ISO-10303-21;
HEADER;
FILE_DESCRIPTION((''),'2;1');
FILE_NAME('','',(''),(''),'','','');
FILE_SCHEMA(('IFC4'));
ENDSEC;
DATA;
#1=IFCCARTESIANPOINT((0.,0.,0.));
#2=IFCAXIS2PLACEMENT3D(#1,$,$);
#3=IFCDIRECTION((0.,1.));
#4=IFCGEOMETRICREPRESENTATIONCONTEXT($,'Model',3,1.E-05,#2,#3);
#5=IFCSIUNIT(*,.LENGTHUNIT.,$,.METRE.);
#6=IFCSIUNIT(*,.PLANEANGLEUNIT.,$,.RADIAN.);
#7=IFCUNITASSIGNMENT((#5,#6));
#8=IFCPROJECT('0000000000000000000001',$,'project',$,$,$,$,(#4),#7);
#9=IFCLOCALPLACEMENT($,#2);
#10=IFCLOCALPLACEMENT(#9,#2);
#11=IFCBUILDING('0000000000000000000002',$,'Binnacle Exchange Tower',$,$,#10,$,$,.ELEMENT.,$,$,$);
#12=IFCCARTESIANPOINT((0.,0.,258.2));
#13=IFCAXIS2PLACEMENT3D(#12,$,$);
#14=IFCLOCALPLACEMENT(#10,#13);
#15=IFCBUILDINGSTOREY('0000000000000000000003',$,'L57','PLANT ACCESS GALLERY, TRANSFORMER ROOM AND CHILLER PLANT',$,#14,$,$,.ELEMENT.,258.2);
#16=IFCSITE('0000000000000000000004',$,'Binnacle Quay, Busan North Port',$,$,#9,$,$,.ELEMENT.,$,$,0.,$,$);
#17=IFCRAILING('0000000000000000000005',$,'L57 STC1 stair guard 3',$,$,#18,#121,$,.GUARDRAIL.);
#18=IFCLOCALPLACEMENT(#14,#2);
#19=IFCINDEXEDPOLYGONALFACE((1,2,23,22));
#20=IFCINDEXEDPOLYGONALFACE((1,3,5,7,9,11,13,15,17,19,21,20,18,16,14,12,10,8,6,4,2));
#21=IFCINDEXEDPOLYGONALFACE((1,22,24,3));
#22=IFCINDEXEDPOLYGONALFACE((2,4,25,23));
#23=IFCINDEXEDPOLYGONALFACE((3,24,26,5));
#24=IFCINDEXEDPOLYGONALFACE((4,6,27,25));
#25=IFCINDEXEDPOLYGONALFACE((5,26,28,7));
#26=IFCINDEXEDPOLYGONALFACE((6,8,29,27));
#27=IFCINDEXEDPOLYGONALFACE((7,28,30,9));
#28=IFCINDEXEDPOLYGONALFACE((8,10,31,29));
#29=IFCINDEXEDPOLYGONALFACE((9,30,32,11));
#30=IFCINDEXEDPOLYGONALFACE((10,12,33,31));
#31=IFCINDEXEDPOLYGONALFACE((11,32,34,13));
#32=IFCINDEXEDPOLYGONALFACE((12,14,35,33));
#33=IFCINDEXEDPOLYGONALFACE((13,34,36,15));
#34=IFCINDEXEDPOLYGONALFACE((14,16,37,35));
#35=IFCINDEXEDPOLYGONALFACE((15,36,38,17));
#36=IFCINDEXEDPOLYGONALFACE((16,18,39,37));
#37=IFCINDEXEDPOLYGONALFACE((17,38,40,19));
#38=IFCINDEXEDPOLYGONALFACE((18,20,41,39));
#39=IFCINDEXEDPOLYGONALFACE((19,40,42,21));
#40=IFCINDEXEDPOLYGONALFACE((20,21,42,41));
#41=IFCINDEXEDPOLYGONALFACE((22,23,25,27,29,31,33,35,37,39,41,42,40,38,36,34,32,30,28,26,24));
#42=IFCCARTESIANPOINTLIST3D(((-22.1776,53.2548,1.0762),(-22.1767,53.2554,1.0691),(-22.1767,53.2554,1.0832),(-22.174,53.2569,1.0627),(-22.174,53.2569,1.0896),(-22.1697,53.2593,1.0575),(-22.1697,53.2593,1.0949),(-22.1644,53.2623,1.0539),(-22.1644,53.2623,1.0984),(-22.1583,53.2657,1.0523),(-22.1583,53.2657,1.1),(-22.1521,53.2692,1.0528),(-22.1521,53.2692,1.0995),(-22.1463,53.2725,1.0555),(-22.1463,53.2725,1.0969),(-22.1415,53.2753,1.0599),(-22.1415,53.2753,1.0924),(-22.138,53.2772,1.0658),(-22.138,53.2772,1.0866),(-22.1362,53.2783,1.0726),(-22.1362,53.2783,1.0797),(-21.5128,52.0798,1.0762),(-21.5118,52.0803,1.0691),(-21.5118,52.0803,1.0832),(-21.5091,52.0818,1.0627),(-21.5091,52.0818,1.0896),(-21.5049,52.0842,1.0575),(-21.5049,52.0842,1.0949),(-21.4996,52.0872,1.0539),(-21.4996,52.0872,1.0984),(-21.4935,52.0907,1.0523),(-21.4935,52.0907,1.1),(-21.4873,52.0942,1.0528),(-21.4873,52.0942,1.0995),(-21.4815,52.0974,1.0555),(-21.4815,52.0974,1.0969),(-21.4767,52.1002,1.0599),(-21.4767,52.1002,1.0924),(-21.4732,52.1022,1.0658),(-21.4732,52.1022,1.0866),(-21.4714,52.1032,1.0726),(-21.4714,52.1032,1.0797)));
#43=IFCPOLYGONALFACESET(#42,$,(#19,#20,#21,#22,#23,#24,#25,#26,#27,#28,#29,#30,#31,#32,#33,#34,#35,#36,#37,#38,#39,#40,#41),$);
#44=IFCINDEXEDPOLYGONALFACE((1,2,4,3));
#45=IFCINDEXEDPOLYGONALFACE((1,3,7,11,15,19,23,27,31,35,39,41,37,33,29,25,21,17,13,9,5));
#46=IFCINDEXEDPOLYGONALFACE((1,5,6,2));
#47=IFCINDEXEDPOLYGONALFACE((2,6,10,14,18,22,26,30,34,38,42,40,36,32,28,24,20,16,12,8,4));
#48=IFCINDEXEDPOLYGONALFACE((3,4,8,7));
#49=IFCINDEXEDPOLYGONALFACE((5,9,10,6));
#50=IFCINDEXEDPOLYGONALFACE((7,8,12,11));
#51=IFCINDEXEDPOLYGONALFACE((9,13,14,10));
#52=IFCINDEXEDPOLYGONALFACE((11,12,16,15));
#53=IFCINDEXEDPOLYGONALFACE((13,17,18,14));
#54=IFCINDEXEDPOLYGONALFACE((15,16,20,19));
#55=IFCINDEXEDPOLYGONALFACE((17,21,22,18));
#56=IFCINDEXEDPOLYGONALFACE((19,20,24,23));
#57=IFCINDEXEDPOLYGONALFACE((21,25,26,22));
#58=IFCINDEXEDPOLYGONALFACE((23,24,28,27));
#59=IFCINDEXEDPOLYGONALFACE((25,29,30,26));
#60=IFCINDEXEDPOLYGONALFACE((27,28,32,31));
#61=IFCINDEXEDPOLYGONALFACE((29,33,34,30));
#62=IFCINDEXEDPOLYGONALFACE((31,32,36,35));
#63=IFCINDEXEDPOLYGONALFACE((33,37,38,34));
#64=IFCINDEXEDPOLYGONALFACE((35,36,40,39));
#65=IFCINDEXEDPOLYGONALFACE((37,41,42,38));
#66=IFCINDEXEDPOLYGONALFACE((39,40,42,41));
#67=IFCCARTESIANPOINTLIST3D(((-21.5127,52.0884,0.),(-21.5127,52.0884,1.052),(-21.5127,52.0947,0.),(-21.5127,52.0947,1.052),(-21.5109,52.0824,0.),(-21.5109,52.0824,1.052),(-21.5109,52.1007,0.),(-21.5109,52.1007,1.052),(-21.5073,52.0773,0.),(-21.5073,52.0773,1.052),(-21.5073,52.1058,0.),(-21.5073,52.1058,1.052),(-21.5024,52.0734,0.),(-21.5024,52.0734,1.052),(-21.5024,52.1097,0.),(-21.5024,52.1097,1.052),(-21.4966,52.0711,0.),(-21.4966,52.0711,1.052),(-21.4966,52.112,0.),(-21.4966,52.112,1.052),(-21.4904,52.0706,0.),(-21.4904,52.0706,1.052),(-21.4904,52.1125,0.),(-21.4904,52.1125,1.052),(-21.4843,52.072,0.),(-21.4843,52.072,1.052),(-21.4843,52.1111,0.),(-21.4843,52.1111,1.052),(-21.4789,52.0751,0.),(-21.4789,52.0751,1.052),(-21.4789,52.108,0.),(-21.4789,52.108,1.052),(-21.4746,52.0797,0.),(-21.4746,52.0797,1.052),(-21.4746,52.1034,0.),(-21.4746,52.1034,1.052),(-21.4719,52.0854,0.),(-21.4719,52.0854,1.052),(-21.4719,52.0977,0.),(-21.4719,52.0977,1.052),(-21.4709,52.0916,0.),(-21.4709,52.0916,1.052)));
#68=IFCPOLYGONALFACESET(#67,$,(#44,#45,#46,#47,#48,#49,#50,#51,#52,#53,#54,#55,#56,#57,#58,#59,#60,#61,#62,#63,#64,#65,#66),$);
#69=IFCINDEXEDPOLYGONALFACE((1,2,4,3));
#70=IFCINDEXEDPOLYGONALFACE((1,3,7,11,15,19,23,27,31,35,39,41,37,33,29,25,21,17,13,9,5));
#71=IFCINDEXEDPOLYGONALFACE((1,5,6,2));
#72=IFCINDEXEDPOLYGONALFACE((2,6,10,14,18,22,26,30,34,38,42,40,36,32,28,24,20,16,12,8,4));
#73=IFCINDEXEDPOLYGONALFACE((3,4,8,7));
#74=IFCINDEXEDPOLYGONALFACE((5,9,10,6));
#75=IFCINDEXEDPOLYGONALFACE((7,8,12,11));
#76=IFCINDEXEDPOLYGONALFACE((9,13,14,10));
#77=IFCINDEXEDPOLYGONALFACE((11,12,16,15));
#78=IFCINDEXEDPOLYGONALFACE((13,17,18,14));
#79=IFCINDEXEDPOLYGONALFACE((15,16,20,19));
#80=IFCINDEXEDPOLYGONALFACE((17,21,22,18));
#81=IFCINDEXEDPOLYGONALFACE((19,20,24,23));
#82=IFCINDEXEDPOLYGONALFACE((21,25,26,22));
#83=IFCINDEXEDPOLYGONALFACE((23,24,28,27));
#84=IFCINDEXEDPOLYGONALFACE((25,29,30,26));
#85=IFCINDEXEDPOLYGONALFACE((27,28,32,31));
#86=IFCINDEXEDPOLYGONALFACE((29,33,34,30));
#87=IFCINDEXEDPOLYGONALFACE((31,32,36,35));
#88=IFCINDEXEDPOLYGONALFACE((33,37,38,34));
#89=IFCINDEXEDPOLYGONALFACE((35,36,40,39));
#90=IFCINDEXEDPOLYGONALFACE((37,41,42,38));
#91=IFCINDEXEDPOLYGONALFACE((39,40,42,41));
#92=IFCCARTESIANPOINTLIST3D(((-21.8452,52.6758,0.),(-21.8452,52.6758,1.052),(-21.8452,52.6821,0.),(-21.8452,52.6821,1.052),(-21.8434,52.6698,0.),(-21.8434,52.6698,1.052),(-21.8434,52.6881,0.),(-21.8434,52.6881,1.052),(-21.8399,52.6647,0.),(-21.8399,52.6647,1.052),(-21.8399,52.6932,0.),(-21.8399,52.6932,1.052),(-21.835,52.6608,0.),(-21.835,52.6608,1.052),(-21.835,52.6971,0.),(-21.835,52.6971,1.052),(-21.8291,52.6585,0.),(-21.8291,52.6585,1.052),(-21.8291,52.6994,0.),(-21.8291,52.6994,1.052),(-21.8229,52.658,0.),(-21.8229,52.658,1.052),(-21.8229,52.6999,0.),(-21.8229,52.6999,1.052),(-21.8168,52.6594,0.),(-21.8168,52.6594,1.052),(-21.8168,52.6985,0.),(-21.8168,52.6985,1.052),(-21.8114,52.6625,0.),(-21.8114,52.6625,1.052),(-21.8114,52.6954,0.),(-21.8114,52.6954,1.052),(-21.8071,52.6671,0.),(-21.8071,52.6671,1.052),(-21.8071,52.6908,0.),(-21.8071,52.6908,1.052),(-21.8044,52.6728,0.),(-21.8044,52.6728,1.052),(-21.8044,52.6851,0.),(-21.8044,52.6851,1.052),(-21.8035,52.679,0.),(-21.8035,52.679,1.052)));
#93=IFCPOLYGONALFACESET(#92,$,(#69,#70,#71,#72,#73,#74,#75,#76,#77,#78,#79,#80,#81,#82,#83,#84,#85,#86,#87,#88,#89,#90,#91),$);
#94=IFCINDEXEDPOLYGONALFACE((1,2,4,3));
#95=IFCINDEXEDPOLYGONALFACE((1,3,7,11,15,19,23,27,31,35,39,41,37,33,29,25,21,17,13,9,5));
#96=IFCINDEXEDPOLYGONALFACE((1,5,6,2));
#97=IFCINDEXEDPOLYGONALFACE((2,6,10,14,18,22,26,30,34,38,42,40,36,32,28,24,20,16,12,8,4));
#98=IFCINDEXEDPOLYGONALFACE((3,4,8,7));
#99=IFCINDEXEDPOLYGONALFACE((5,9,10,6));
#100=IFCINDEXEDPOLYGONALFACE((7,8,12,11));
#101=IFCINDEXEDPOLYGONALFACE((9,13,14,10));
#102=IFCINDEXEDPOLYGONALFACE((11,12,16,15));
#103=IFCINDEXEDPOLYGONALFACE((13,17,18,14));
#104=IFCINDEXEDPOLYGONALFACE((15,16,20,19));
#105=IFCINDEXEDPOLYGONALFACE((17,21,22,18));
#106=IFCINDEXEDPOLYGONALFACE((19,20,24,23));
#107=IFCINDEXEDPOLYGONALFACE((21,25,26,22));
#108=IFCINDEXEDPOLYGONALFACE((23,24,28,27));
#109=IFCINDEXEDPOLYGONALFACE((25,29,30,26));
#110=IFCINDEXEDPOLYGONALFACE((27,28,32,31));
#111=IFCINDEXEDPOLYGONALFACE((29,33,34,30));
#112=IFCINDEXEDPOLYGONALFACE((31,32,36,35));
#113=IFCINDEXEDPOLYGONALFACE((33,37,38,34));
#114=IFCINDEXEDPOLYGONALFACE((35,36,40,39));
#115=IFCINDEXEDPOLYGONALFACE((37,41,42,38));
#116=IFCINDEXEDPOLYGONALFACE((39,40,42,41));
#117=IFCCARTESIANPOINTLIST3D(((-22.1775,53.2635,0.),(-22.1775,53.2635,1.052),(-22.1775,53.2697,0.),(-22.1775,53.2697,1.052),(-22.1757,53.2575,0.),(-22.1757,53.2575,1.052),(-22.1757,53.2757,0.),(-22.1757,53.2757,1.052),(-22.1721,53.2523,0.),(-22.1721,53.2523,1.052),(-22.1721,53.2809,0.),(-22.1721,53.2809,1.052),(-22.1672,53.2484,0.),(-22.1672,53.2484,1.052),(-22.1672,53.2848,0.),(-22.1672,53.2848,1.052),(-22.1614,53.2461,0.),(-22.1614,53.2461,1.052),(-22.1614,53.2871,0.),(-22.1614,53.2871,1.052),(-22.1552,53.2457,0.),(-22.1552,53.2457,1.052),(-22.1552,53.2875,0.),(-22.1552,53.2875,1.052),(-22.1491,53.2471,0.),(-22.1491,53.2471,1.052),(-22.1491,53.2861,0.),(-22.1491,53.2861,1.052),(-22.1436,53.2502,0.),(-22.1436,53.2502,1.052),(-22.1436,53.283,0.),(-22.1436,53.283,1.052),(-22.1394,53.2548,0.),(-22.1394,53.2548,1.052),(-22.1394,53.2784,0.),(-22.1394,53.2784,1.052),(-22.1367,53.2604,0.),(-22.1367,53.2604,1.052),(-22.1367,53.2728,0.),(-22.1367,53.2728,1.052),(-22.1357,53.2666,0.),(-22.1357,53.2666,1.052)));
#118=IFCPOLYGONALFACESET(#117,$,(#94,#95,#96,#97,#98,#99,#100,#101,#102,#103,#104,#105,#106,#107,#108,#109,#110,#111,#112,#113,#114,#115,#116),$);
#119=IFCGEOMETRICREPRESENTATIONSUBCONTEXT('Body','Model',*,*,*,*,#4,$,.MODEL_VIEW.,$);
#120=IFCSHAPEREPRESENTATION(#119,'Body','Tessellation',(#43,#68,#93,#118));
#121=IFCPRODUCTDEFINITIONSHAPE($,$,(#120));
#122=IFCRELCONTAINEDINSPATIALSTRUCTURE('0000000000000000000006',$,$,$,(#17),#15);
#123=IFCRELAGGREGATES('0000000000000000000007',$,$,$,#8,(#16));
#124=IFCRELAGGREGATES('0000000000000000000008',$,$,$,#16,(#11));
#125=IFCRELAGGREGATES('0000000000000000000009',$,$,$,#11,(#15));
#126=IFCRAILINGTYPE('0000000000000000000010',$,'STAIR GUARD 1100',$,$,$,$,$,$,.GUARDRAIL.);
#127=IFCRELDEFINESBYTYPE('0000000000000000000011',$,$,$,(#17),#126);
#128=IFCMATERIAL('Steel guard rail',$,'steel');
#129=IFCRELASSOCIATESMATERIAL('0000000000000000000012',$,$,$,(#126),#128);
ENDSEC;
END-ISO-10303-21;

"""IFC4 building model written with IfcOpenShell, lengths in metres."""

from ifc_helpers import new_model, si_unit, direction, frame, origin, origin_2d, place, context, subcontext, project, spatial, circle, extrude, material, type_object, element, save


model = new_model("IFC4")

# Units and contexts
model_context = context("Model", 3, precision=1e-05, world=origin(), true_north=direction((0.0, 1.0)))
body_context = subcontext(model_context, "Body", "Model", "MODEL_VIEW")
ifc_project = project(units=[si_unit("LENGTHUNIT", "METRE"), si_unit("PLANEANGLEUNIT", "RADIAN")], contexts=[model_context])

# Site, building, storey
site_placement = place(None, origin())
site = spatial("IfcSite", under=ifc_project, at=site_placement, Name="Binnacle Quay, Busan North Port", CompositionType="ELEMENT", RefElevation=0.0)
building_placement = place(site_placement, origin())
building = spatial("IfcBuilding", under=site, at=building_placement, Name="Binnacle Exchange Tower", CompositionType="ELEMENT")
storey_placement = place(building_placement, frame((0.0, 0.0, 258.2)))
storey = spatial("IfcBuildingStorey", under=building, at=storey_placement, Name="L57", Description="PLANT ACCESS GALLERY, TRANSFORMER ROOM AND CHILLER PLANT", CompositionType="ELEMENT", Elevation=258.2)

# Railing
ifc_material_1 = material(Name="Steel guard rail", Category="steel")
railing_type_1 = type_object("IfcRailingType", Name="STAIR GUARD 1100", PredefinedType="GUARDRAIL", material=ifc_material_1)
railing_1_placement = place(storey_placement, frame((-21.4919, 52.0916, 0.0)))
element("IfcRailing", 1, at=railing_1_placement, inside=storey, type_object=railing_type_1, Name="L57 STC1 stair guard 3", PredefinedType="GUARDRAIL", context=body_context, shape_type="SweptSolid", body=[
    extrude(circle(Radius=0.0239, at=origin_2d()), frame((0.0, 0.0, 1.0762), z_axis=(-0.492415, 0.870361, 0.0), x_axis=(-0.870361, -0.492415, 0.0)), (0.0, 0.0, 1.0), 1.3501),
    extrude(circle(Radius=0.021, at=origin_2d()), origin(), (0.0, 0.0, 1.0), 1.052),
    extrude(circle(Radius=0.021, at=origin_2d()), frame((-0.3325, 0.5874, 0.0)), (0.0, 0.0, 1.0), 1.052),
    extrude(circle(Radius=0.021, at=origin_2d()), frame((-0.6648, 1.175, 0.0)), (0.0, 0.0, 1.0), 1.052),
])

save(model, "model.ifc")
